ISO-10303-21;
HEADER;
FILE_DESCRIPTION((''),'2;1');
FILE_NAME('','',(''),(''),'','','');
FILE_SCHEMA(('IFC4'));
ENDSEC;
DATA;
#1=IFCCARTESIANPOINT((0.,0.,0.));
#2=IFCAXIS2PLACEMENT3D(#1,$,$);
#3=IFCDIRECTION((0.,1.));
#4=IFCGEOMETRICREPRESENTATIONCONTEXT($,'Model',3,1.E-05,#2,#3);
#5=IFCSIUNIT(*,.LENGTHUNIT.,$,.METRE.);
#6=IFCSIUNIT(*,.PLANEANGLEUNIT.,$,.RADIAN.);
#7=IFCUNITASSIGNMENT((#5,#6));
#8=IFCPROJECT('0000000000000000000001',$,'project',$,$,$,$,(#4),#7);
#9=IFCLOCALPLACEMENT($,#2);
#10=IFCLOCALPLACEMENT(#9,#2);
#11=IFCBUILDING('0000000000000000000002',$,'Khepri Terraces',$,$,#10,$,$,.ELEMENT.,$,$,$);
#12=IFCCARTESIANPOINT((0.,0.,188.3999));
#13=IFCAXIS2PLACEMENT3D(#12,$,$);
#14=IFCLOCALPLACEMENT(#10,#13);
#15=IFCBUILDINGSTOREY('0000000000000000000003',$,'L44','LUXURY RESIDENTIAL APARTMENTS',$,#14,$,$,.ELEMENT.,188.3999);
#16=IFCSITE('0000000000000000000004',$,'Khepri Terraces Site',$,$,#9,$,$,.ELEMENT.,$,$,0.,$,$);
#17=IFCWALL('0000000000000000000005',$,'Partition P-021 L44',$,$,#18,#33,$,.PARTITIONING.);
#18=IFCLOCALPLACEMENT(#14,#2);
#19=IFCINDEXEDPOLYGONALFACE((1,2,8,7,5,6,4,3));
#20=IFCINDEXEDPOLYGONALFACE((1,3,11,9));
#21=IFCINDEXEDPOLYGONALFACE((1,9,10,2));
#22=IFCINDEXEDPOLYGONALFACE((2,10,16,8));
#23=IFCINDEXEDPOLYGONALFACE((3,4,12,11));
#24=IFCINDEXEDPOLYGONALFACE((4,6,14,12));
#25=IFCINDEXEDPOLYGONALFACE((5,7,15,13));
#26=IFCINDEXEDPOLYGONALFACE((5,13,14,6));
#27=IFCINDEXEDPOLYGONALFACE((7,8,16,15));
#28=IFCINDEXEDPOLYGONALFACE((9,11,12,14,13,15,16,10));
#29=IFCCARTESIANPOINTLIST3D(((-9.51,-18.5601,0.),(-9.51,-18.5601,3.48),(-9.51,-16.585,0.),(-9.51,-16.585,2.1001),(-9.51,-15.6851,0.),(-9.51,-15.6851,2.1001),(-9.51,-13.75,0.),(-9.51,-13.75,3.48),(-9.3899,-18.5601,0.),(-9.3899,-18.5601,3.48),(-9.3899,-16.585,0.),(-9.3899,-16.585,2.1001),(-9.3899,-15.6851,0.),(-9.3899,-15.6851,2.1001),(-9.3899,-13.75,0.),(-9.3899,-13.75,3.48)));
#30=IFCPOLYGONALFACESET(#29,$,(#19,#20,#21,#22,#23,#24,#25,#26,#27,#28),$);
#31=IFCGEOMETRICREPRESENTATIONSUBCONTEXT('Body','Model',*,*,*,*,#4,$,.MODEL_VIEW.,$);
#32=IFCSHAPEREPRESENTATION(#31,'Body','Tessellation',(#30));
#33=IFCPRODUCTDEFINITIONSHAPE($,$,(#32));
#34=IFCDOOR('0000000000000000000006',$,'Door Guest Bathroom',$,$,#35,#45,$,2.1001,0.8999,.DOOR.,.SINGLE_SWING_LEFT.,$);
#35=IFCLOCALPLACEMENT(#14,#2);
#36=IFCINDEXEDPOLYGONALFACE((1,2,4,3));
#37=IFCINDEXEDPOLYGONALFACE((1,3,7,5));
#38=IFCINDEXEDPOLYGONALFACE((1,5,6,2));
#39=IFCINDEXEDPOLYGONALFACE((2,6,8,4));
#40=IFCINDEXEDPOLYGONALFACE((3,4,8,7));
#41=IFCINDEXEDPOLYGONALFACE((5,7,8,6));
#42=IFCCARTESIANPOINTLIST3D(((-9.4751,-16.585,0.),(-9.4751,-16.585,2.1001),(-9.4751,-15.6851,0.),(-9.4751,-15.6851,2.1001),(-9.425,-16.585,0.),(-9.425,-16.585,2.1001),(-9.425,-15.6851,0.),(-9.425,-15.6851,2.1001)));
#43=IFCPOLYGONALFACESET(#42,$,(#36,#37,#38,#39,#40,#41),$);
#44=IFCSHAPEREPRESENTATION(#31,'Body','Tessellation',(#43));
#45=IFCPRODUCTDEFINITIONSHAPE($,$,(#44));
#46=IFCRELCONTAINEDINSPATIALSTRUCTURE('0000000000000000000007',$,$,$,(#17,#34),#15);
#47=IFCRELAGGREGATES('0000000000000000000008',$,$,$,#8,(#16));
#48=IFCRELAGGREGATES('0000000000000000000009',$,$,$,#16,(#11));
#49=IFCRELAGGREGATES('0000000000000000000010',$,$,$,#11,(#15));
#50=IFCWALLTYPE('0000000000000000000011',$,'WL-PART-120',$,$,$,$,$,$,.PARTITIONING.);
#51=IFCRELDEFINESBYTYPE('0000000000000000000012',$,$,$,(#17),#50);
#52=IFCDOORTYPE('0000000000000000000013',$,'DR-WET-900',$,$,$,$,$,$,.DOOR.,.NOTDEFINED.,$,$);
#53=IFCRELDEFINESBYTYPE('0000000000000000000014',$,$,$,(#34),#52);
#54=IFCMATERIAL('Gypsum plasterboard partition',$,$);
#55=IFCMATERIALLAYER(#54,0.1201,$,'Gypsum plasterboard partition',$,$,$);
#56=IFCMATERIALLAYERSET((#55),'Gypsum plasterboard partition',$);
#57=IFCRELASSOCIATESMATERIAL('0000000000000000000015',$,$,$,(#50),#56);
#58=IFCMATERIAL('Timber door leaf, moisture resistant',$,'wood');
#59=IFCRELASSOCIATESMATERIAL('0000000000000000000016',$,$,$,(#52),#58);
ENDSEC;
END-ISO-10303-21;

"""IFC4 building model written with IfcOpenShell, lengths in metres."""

from ifc_helpers import new_model, si_unit, direction, frame, frame_2d, origin, place, context, subcontext, project, spatial, rectangle, extrude, material, layer, layer_set, type_object, element, fill, save


model = new_model("IFC4")

# Units and contexts
model_context = context("Model", 3, precision=1e-05, world=origin(), true_north=direction((0.0, 1.0)))
body_context = subcontext(model_context, "Body", "Model", "MODEL_VIEW")
ifc_project = project(units=[si_unit("LENGTHUNIT", "METRE"), si_unit("PLANEANGLEUNIT", "RADIAN")], contexts=[model_context])

# Site, building, storey
site_placement = place(None, origin())
site = spatial("IfcSite", under=ifc_project, at=site_placement, Name="Khepri Terraces Site", CompositionType="ELEMENT", RefElevation=0.0)
building_placement = place(site_placement, origin())
building = spatial("IfcBuilding", under=site, at=building_placement, Name="Khepri Terraces", CompositionType="ELEMENT")
storey_placement = place(building_placement, frame((0.0, 0.0, 188.3999)))
storey = spatial("IfcBuildingStorey", under=building, at=storey_placement, Name="L44", Description="LUXURY RESIDENTIAL APARTMENTS", CompositionType="ELEMENT", Elevation=188.3999)

# Shared definitions
ifc_material_1 = material(Name="Gypsum plasterboard partition")
ifc_layer_1 = layer(ifc_material_1, 0.1201, Name="Gypsum plasterboard partition")
ifc_layer_set_1 = layer_set([ifc_layer_1], Name="Gypsum plasterboard partition")
wall_type_1 = type_object("IfcWallType", Name="WL-PART-120", PredefinedType="PARTITIONING", material=ifc_layer_set_1)

# Wall, opening, door
wall_1_placement = place(storey_placement, frame((-9.45, -18.5601, 0.0), z_axis=(0.0, 0.0, 1.0), x_axis=(0.0, 1.0, 0.0)))
wall_1 = element("IfcWall", 1, at=wall_1_placement, inside=storey, type_object=wall_type_1, Name="Partition P-021 L44", PredefinedType="PARTITIONING", context=body_context, shape_type="SweptSolid", body=[
    extrude(rectangle(XDim=4.8101, YDim=0.1201, at=frame_2d((2.405, 0.0))), origin(), (0.0, 0.0, 1.0), 3.48),
])
opening_1_placement = place(wall_1_placement, frame((1.9751, 0.0, 0.0)))
opening_1 = element("IfcOpeningElement", 2, at=opening_1_placement, cuts=wall_1, PredefinedType="OPENING", context=body_context, shape_type="SweptSolid", body=[
    extrude(rectangle(XDim=0.8999, YDim=2.1001, at=frame_2d((0.45, 1.05))), frame((0.0, 0.0701, 0.0), z_axis=(0.0, -1.0, 0.0), x_axis=(1.0, 0.0, 0.0)), (0.0, 0.0, 1.0), 0.1401),
])
ifc_material_2 = material(Name="Timber door leaf, moisture resistant", Category="wood")
door_type_1 = type_object("IfcDoorType", Name="DR-WET-900", OperationType="NOTDEFINED", PredefinedType="DOOR", material=ifc_material_2)
door_1_placement = place(opening_1_placement, frame((0.8999, 0.0, 0.0), z_axis=(0.0, 0.0, 1.0), x_axis=(-1.0, 0.0, 0.0)))
door_1 = element("IfcDoor", 3, at=door_1_placement, inside=storey, type_object=door_type_1, Name="Door Guest Bathroom", OperationType="SINGLE_SWING_LEFT", OverallHeight=2.1001, OverallWidth=0.8999, PredefinedType="DOOR", context=body_context, shape_type="SweptSolid", body=[
    extrude(rectangle(XDim=0.8999, YDim=2.1001, at=frame_2d((0.45, 1.05))), frame((0.0, 0.0249, 0.0), z_axis=(0.0, -1.0, 0.0), x_axis=(1.0, 0.0, 0.0)), (0.0, 0.0, 1.0), 0.05),
])
fill(opening_1, door_1)

save(model, "model.ifc")
